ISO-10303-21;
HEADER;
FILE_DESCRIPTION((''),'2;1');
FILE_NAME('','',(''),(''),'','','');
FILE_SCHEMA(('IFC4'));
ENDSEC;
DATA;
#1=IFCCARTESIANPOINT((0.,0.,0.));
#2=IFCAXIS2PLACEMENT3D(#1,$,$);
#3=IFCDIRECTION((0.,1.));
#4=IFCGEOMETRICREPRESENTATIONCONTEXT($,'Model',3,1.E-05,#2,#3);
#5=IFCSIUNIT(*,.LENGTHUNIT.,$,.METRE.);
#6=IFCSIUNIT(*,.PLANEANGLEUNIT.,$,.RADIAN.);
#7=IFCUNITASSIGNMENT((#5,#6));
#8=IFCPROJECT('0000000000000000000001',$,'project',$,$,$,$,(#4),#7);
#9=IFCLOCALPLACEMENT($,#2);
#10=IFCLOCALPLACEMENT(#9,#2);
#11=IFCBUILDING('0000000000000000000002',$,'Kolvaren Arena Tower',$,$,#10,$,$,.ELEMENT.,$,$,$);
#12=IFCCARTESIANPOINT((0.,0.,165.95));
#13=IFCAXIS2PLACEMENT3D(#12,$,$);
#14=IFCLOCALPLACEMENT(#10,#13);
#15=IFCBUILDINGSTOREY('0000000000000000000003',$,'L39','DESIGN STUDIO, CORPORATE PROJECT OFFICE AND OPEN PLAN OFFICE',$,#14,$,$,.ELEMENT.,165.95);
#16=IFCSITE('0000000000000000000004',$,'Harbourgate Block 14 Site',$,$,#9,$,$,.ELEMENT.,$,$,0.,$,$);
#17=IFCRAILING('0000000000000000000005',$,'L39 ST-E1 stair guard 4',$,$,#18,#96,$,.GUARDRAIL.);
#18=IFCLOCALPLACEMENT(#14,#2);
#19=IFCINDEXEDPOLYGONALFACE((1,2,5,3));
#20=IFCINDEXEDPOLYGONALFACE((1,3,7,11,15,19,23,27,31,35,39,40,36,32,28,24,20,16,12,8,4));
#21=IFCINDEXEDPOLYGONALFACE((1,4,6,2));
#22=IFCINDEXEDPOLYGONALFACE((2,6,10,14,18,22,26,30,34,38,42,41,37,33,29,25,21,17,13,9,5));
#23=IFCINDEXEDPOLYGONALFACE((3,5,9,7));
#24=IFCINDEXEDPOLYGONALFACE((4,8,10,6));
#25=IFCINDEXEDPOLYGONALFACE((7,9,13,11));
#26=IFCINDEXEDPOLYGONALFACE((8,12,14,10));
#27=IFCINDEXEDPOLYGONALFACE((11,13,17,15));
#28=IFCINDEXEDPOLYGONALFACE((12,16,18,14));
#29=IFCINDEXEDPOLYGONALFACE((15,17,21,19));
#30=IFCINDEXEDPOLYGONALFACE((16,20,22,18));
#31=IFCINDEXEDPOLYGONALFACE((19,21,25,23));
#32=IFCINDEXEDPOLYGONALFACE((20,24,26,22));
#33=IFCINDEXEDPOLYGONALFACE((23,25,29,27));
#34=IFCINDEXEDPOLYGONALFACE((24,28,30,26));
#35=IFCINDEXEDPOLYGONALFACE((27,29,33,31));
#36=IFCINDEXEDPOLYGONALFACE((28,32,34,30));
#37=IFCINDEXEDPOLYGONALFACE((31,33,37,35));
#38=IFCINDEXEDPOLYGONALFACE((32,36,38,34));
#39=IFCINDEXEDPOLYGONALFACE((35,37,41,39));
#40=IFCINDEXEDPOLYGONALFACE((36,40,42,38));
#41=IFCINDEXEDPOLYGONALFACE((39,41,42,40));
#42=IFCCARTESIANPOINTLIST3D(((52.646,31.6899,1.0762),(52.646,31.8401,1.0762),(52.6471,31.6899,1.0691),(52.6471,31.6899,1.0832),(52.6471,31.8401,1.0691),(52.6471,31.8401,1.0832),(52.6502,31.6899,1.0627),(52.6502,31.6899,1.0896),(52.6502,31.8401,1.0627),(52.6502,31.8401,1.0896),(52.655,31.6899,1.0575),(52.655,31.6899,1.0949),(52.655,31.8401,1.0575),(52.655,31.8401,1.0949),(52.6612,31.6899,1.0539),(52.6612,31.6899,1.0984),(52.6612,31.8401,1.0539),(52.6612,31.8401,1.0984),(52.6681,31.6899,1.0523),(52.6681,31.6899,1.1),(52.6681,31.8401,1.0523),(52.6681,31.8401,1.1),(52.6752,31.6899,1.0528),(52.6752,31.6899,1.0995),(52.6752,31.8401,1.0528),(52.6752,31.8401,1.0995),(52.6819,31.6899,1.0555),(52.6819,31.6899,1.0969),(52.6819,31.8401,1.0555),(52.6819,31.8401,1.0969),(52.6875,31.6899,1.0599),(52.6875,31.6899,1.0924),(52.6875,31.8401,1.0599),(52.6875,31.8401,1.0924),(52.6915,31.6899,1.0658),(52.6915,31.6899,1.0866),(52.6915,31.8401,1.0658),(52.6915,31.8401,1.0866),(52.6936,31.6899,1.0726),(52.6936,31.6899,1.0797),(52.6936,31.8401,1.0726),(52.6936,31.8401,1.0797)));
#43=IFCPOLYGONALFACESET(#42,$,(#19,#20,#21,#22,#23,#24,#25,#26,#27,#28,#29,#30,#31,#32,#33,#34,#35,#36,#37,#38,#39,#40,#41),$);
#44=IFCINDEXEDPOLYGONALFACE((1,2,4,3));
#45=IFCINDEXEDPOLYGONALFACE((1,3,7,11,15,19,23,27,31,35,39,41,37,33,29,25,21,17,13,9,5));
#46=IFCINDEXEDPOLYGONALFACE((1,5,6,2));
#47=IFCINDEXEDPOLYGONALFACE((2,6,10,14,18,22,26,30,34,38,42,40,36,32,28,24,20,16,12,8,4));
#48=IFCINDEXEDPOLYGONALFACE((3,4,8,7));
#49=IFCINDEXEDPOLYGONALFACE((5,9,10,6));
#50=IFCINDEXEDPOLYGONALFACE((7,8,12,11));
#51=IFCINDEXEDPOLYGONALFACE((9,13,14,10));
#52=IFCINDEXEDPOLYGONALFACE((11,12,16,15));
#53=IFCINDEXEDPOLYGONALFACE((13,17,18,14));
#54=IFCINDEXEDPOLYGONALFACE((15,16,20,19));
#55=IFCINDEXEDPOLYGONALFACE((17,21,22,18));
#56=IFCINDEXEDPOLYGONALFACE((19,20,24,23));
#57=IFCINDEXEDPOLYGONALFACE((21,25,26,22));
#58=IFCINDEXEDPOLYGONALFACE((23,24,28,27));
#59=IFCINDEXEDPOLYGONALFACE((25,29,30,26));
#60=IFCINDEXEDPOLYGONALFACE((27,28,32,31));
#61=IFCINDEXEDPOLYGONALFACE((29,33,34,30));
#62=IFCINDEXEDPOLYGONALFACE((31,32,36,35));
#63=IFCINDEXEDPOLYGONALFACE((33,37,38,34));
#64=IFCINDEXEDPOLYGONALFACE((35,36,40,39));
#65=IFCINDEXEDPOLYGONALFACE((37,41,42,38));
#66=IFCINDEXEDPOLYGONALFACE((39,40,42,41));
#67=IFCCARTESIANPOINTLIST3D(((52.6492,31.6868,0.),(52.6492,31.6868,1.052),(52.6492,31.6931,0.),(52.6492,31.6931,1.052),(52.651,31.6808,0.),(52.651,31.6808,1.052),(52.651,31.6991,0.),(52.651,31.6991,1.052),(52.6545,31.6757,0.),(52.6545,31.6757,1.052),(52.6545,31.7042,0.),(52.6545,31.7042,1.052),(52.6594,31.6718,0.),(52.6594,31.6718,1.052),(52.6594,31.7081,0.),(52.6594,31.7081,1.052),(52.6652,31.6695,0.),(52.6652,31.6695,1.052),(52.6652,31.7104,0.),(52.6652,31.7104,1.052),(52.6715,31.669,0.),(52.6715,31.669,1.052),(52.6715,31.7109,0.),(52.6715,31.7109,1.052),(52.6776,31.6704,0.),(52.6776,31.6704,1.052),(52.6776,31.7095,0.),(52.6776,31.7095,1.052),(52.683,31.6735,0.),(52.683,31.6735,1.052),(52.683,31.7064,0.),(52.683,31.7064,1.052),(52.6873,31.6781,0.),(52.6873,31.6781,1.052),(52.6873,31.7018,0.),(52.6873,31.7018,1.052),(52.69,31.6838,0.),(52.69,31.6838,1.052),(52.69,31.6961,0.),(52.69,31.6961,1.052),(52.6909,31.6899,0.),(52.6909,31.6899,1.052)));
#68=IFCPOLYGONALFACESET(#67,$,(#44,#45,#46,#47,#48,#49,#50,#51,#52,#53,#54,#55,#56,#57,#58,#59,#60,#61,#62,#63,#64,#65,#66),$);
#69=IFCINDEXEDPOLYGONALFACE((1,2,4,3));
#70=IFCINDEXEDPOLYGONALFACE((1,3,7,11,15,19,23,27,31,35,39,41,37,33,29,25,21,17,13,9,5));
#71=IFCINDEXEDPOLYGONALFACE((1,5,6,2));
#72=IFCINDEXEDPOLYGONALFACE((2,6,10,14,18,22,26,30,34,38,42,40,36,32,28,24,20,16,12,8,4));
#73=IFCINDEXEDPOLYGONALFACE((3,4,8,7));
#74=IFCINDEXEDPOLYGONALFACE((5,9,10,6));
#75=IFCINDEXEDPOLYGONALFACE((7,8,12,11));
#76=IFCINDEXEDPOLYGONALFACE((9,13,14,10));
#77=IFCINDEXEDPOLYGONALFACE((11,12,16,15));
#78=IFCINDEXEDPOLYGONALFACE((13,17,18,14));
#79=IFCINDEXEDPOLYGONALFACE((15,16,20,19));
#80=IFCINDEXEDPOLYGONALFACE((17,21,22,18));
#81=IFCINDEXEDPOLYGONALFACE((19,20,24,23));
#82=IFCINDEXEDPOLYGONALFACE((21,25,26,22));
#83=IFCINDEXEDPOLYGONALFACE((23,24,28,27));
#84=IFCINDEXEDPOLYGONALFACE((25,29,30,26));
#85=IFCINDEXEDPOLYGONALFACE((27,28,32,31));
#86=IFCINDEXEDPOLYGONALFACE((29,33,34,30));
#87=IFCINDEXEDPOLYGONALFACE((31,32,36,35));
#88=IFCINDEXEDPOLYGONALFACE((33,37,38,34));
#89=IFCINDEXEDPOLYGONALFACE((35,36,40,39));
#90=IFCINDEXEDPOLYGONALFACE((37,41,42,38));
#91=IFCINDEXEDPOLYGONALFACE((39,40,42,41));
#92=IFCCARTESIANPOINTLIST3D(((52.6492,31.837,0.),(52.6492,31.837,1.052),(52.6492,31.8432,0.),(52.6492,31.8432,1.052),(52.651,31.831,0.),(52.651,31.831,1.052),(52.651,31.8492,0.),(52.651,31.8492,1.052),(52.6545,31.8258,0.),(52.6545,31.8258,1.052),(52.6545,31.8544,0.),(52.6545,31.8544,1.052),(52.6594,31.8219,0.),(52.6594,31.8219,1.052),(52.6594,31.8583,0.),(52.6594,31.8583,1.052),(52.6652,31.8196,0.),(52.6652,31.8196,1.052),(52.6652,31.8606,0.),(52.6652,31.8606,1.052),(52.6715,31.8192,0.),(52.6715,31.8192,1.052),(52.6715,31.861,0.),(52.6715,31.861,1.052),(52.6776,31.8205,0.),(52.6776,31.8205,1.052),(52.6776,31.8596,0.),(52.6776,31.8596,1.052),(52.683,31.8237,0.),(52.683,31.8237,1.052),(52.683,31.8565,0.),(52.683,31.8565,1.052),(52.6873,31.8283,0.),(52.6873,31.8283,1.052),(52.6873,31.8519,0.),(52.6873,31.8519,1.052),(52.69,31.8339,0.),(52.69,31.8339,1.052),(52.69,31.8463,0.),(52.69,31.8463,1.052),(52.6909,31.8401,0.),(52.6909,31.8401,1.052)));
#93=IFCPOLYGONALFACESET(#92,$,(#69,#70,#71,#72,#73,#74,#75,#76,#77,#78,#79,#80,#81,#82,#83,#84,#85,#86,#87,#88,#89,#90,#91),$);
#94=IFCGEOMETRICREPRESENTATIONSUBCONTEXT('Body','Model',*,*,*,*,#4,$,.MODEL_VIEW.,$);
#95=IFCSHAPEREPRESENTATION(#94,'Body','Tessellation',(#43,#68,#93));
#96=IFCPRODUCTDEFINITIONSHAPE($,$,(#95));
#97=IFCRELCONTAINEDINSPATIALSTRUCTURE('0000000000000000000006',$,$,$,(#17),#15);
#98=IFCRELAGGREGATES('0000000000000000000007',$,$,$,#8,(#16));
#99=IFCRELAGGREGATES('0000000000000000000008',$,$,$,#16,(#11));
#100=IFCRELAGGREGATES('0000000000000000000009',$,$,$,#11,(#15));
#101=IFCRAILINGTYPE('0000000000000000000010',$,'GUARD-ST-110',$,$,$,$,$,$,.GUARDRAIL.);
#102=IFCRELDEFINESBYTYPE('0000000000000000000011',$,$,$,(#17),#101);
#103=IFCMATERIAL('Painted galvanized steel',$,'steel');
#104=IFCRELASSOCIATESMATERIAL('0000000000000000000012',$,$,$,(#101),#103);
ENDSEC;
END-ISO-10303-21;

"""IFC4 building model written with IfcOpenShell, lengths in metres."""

from ifc_helpers import new_model, si_unit, direction, frame, origin, origin_2d, place, context, subcontext, project, spatial, circle, extrude, material, type_object, element, save


model = new_model("IFC4")

# Units and contexts
model_context = context("Model", 3, precision=1e-05, world=origin(), true_north=direction((0.0, 1.0)))
body_context = subcontext(model_context, "Body", "Model", "MODEL_VIEW")
ifc_project = project(units=[si_unit("LENGTHUNIT", "METRE"), si_unit("PLANEANGLEUNIT", "RADIAN")], contexts=[model_context])

# Site, building, storey
site_placement = place(None, origin())
site = spatial("IfcSite", under=ifc_project, at=site_placement, Name="Harbourgate Block 14 Site", CompositionType="ELEMENT", RefElevation=0.0)
building_placement = place(site_placement, origin())
building = spatial("IfcBuilding", under=site, at=building_placement, Name="Kolvaren Arena Tower", CompositionType="ELEMENT")
storey_placement = place(building_placement, frame((0.0, 0.0, 165.95)))
storey = spatial("IfcBuildingStorey", under=building, at=storey_placement, Name="L39", Description="DESIGN STUDIO, CORPORATE PROJECT OFFICE AND OPEN PLAN OFFICE", CompositionType="ELEMENT", Elevation=165.95)

# Railing
ifc_material_1 = material(Name="Painted galvanized steel", Category="steel")
railing_type_1 = type_object("IfcRailingType", Name="GUARD-ST-110", PredefinedType="GUARDRAIL", material=ifc_material_1)
railing_1_placement = place(storey_placement, frame((52.6699, 31.6899, 0.0)))
element("IfcRailing", 1, at=railing_1_placement, inside=storey, type_object=railing_type_1, Name="L39 ST-E1 stair guard 4", PredefinedType="GUARDRAIL", context=body_context, shape_type="SweptSolid", body=[
    extrude(circle(Radius=0.0239, at=origin_2d()), frame((0.0, 0.0, 1.0762), z_axis=(0.0, 1.0, 0.0), x_axis=(-1.0, 0.0, 0.0)), (0.0, 0.0, 1.0), 0.1501),
    extrude(circle(Radius=0.021, at=origin_2d()), origin(), (0.0, 0.0, 1.0), 1.052),
    extrude(circle(Radius=0.021, at=origin_2d()), frame((0.0, 0.1501, 0.0)), (0.0, 0.0, 1.0), 1.052),
])

save(model, "model.ifc")
